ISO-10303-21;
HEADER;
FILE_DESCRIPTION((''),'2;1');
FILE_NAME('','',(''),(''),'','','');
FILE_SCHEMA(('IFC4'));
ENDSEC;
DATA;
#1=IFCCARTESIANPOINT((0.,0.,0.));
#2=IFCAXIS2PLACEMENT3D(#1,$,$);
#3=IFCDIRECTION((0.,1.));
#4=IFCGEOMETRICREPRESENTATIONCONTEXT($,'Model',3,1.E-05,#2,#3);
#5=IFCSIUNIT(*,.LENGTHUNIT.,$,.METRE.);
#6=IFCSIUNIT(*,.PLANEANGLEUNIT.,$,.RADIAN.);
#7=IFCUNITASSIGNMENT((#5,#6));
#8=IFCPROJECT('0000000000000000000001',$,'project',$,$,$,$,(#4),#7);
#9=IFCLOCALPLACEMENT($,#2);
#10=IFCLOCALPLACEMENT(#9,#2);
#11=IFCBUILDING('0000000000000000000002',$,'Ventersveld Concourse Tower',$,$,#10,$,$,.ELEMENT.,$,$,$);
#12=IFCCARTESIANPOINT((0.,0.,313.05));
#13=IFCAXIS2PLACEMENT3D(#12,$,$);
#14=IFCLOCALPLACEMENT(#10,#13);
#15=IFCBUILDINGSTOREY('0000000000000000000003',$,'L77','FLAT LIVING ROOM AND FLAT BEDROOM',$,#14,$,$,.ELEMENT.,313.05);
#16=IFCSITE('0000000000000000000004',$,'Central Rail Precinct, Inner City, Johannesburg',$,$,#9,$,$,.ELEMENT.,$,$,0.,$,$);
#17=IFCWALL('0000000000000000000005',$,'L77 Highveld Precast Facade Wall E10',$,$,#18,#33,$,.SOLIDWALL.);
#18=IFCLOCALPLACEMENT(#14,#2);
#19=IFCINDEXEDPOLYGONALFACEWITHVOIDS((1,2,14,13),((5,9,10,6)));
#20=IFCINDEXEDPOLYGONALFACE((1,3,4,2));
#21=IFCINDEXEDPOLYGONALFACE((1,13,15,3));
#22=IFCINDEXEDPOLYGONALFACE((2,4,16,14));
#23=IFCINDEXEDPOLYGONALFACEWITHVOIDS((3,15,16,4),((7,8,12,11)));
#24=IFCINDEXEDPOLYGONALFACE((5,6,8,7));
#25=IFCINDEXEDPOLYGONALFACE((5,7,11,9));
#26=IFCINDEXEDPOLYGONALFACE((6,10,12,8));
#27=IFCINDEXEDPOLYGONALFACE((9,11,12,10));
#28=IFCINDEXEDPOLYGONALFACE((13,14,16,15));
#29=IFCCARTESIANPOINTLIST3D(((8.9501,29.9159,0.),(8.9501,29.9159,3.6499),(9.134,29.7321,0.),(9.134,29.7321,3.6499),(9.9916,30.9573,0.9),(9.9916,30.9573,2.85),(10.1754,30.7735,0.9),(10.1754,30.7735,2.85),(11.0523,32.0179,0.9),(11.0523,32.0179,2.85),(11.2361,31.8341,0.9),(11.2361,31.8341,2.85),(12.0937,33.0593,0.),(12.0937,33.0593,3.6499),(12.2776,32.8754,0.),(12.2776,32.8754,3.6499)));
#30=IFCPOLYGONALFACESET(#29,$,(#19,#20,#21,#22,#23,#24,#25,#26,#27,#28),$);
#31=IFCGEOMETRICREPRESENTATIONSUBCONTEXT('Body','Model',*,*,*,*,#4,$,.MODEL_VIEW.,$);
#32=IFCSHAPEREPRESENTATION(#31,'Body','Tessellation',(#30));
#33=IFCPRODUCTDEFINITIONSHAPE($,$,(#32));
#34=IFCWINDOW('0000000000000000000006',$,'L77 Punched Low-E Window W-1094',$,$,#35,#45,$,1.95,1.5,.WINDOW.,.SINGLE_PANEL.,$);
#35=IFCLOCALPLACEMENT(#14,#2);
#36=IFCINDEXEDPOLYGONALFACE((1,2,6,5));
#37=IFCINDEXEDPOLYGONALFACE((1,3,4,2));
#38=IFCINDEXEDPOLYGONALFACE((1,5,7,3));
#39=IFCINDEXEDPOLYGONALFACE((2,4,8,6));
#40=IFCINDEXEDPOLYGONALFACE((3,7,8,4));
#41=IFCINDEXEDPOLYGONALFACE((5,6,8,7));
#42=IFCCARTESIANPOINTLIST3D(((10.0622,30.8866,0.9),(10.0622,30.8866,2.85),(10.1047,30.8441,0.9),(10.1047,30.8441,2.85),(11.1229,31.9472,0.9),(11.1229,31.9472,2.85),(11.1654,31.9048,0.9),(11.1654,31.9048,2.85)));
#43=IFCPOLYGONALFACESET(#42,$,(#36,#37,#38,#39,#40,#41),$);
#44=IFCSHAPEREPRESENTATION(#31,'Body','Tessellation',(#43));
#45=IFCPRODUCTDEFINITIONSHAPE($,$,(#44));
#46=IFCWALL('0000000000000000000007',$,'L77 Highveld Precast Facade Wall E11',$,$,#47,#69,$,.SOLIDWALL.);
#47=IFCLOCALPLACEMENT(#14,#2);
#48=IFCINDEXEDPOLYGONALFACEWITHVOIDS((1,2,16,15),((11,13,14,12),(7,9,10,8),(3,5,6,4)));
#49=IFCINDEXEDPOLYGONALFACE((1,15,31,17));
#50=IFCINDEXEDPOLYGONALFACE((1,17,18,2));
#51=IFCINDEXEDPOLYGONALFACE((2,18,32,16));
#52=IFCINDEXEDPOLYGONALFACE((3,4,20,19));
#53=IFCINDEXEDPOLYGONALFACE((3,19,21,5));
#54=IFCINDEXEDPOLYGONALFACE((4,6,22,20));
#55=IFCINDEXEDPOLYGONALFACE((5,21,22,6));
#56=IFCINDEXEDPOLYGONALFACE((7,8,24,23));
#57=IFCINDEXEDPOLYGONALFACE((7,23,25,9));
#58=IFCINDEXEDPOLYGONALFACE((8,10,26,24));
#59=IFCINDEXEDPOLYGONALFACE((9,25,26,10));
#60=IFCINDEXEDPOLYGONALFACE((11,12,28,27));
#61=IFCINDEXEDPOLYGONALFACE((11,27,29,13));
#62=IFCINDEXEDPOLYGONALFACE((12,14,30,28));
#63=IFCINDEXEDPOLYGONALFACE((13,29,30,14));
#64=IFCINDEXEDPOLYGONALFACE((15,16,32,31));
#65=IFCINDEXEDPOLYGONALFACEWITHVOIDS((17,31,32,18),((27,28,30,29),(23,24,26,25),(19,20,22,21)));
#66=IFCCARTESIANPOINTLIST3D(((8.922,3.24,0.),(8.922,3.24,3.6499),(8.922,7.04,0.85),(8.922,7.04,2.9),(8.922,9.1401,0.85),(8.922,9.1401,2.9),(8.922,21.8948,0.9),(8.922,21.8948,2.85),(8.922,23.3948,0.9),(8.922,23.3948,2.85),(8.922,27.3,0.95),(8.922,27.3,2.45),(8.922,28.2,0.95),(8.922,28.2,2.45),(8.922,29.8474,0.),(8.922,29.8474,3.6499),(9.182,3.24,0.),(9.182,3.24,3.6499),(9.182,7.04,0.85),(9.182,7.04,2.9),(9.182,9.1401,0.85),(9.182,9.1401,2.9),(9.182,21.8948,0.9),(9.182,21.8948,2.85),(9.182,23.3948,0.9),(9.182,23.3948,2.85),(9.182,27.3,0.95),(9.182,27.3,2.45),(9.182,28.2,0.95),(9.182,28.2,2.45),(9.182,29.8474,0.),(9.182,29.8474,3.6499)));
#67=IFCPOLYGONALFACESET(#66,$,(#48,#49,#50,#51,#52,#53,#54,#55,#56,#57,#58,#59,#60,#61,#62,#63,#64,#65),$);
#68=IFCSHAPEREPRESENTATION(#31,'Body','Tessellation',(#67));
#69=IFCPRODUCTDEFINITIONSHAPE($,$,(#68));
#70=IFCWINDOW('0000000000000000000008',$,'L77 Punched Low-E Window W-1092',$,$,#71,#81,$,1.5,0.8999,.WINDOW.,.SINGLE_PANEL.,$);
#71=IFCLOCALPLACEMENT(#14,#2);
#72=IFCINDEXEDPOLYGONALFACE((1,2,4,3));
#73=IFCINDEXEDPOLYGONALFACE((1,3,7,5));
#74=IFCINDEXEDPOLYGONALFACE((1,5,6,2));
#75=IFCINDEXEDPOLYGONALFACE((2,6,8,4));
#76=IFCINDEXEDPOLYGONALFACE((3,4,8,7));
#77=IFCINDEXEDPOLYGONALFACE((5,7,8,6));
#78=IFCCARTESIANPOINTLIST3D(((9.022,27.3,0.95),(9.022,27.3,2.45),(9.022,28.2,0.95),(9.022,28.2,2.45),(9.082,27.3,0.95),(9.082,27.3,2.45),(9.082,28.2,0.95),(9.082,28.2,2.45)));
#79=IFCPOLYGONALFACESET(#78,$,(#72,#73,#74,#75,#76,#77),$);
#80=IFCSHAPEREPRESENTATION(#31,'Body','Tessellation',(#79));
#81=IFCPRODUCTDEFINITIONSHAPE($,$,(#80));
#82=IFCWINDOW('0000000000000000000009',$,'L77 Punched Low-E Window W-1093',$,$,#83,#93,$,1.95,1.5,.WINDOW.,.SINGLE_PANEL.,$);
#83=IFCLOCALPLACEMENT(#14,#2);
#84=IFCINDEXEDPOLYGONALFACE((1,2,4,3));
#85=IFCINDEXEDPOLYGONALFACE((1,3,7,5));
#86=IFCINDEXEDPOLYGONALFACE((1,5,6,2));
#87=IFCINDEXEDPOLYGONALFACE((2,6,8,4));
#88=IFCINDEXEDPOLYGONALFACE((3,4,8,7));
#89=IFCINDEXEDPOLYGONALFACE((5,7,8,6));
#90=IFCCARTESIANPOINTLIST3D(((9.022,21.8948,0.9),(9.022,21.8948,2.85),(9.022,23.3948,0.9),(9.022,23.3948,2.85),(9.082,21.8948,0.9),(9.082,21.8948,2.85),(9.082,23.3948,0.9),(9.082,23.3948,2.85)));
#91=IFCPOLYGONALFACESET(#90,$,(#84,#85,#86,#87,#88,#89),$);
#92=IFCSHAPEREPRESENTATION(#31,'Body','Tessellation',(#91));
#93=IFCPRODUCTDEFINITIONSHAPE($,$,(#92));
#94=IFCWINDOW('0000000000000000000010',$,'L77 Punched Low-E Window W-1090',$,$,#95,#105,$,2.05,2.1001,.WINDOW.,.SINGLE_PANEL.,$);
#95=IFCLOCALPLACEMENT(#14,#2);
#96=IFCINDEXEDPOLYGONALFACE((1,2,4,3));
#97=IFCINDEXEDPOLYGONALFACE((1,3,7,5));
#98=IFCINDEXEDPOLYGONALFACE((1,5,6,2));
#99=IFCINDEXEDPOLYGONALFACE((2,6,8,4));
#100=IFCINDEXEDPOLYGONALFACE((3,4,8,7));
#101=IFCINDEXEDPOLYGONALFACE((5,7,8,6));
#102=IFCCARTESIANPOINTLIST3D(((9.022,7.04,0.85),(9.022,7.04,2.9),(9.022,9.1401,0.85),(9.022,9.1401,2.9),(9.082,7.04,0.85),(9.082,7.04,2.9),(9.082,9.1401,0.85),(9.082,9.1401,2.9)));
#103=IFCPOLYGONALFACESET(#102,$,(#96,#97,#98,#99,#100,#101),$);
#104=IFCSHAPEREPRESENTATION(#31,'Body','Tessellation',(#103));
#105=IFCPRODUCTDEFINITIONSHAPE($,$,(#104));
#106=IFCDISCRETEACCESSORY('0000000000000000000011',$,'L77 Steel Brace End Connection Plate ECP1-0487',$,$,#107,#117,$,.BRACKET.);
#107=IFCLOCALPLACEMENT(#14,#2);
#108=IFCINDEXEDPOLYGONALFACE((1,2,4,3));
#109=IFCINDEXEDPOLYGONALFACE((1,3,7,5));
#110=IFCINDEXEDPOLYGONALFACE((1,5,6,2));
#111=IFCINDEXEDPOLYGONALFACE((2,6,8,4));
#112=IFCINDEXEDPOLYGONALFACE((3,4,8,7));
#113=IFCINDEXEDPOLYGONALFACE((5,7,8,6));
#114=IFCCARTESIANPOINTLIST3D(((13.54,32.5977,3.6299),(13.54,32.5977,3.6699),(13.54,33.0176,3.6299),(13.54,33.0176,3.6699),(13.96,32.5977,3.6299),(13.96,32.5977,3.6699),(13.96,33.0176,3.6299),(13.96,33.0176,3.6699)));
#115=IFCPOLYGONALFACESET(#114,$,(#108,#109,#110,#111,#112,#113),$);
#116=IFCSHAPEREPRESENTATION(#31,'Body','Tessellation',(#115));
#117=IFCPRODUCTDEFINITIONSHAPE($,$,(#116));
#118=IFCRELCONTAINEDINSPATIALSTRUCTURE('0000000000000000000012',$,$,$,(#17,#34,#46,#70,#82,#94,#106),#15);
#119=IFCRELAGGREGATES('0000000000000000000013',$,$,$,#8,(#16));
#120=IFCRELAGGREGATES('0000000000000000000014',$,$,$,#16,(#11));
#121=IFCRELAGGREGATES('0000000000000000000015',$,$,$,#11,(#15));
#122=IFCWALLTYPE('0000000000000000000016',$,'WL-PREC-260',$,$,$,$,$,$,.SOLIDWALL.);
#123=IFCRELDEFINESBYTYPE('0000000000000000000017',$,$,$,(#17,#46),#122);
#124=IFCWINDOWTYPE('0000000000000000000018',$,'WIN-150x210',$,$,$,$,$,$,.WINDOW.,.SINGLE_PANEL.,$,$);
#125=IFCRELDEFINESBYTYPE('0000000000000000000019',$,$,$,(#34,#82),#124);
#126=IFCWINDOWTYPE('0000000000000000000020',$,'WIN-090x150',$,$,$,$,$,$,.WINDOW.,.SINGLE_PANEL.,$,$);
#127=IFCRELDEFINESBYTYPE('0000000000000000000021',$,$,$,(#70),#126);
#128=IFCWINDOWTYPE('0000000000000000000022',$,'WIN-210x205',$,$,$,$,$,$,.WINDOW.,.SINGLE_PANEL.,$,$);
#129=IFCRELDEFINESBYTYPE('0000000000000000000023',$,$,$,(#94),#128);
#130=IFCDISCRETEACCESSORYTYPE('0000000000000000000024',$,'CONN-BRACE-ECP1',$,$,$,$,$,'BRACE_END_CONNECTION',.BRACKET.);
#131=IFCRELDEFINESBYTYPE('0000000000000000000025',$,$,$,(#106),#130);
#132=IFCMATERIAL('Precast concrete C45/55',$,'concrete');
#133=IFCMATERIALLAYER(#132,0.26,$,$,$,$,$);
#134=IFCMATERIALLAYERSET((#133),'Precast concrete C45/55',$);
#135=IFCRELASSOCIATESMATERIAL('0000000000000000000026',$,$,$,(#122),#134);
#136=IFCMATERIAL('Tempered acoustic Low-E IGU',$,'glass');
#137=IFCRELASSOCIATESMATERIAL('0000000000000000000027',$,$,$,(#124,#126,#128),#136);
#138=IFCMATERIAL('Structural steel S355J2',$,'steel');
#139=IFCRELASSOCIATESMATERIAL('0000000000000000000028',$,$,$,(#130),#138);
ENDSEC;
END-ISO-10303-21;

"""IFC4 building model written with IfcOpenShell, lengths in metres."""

from ifc_helpers import new_model, si_unit, direction, frame, frame_2d, origin, origin_2d, place, context, subcontext, project, spatial, rectangle, extrude, material, layer, layer_set, type_object, element, fill, save


model = new_model("IFC4")

# Units and contexts
model_context = context("Model", 3, precision=1e-05, world=origin(), true_north=direction((0.0, 1.0)))
body_context = subcontext(model_context, "Body", "Model", "MODEL_VIEW")
ifc_project = project(units=[si_unit("LENGTHUNIT", "METRE"), si_unit("PLANEANGLEUNIT", "RADIAN")], contexts=[model_context])

# Site, building, storey
site_placement = place(None, origin())
site = spatial("IfcSite", under=ifc_project, at=site_placement, Name="Central Rail Precinct, Inner City, Johannesburg", CompositionType="ELEMENT", RefElevation=0.0)
building_placement = place(site_placement, origin())
building = spatial("IfcBuilding", under=site, at=building_placement, Name="Ventersveld Concourse Tower", CompositionType="ELEMENT")
storey_placement = place(building_placement, frame((0.0, 0.0, 313.05)))
storey = spatial("IfcBuildingStorey", under=building, at=storey_placement, Name="L77", Description="FLAT LIVING ROOM AND FLAT BEDROOM", CompositionType="ELEMENT", Elevation=313.05)

# Shared definitions
ifc_material_1 = material(Name="Structural steel S355J2", Category="steel")

# Wall, opening, window
ifc_material_2 = material(Name="Precast concrete C45/55", Category="concrete")
ifc_layer_1 = layer(ifc_material_2, 0.26)
ifc_layer_set_1 = layer_set([ifc_layer_1], Name="Precast concrete C45/55")
wall_type_1 = type_object("IfcWallType", Name="WL-PREC-260", PredefinedType="SOLIDWALL", material=ifc_layer_set_1)
wall_1_placement = place(storey_placement, frame((12.1855, 32.9673, 0.0), z_axis=(0.0, 0.0, 1.0), x_axis=(-0.707134, -0.707079, 0.0)))
wall_1 = element("IfcWall", 1, at=wall_1_placement, inside=storey, type_object=wall_type_1, Name="L77 Highveld Precast Facade Wall E10", PredefinedType="SOLIDWALL", context=body_context, shape_type="SweptSolid", body=[
    extrude(rectangle(XDim=4.4456, YDim=0.26, at=frame_2d((2.2227, 0.0))), origin(), (0.0, 0.0, 1.0), 3.6499),
])
opening_1_placement = place(wall_1_placement, frame((1.4727, 0.0, 0.8999)))
opening_1 = element("IfcOpeningElement", 2, at=opening_1_placement, cuts=wall_1, PredefinedType="OPENING", context=body_context, shape_type="SweptSolid", body=[
    extrude(rectangle(XDim=1.5, YDim=1.95, at=frame_2d((0.75, 0.9751))), frame((0.0, 0.1401, 0.0), z_axis=(0.0, -1.0, 0.0), x_axis=(1.0, 0.0, 0.0)), (0.0, 0.0, 1.0), 0.28),
])
ifc_material_3 = material(Name="Tempered acoustic Low-E IGU", Category="glass")
window_type_1 = type_object("IfcWindowType", Name="WIN-150x210", PartitioningType="SINGLE_PANEL", PredefinedType="WINDOW", material=ifc_material_3)
window_1_placement = place(opening_1_placement, origin())
window_1 = element("IfcWindow", 3, at=window_1_placement, inside=storey, type_object=window_type_1, Name="L77 Punched Low-E Window W-1094", OverallHeight=1.95, OverallWidth=1.5, PartitioningType="SINGLE_PANEL", PredefinedType="WINDOW", context=body_context, shape_type="SweptSolid", body=[
    extrude(rectangle(XDim=1.5, YDim=1.95, at=frame_2d((0.75, 0.9751))), frame((0.0, 0.03, 0.0), z_axis=(0.0, -1.0, 0.0), x_axis=(1.0, 0.0, 0.0)), (0.0, 0.0, 1.0), 0.0601),
])
fill(opening_1, window_1)

# Wall, openings, windows
wall_2_placement = place(storey_placement, frame((9.052, 29.8474, 0.0), z_axis=(0.0, 0.0, 1.0), x_axis=(0.0, -1.0, 0.0)))
wall_2 = element("IfcWall", 4, at=wall_2_placement, inside=storey, type_object=wall_type_1, Name="L77 Highveld Precast Facade Wall E11", PredefinedType="SOLIDWALL", context=body_context, shape_type="SweptSolid", body=[
    extrude(rectangle(XDim=26.6074, YDim=0.26, at=frame_2d((13.3037, 0.0))), origin(), (0.0, 0.0, 1.0), 3.6499),
])
opening_2_placement = place(wall_2_placement, frame((20.7073, 0.0, 0.8501)))
opening_2 = element("IfcOpeningElement", 5, at=opening_2_placement, cuts=wall_2, PredefinedType="OPENING", context=body_context, shape_type="SweptSolid", body=[
    extrude(rectangle(XDim=2.1001, YDim=2.05, at=frame_2d((1.05, 1.0249))), frame((0.0, 0.1401, 0.0), z_axis=(0.0, -1.0, 0.0), x_axis=(1.0, 0.0, 0.0)), (0.0, 0.0, 1.0), 0.28),
])
opening_3_placement = place(wall_2_placement, frame((1.6475, 0.0, 0.95)))
opening_3 = element("IfcOpeningElement", 6, at=opening_3_placement, cuts=wall_2, PredefinedType="OPENING", context=body_context, shape_type="SweptSolid", body=[
    extrude(rectangle(XDim=0.8999, YDim=1.5, at=frame_2d((0.45, 0.75))), frame((0.0, 0.1401, 0.0), z_axis=(0.0, -1.0, 0.0), x_axis=(1.0, 0.0, 0.0)), (0.0, 0.0, 1.0), 0.28),
])
opening_4_placement = place(wall_2_placement, frame((6.4526, 0.0, 0.8999)))
opening_4 = element("IfcOpeningElement", 7, at=opening_4_placement, cuts=wall_2, PredefinedType="OPENING", context=body_context, shape_type="SweptSolid", body=[
    extrude(rectangle(XDim=1.5, YDim=1.95, at=frame_2d((0.75, 0.9751))), frame((0.0, 0.1401, 0.0), z_axis=(0.0, -1.0, 0.0), x_axis=(1.0, 0.0, 0.0)), (0.0, 0.0, 1.0), 0.28),
])
window_type_2 = type_object("IfcWindowType", Name="WIN-090x150", PartitioningType="SINGLE_PANEL", PredefinedType="WINDOW", material=ifc_material_3)
window_2_placement = place(opening_3_placement, origin())
window_2 = element("IfcWindow", 8, at=window_2_placement, inside=storey, type_object=window_type_2, Name="L77 Punched Low-E Window W-1092", OverallHeight=1.5, OverallWidth=0.8999, PartitioningType="SINGLE_PANEL", PredefinedType="WINDOW", context=body_context, shape_type="SweptSolid", body=[
    extrude(rectangle(XDim=0.8999, YDim=1.5, at=frame_2d((0.45, 0.75))), frame((0.0, 0.03, 0.0), z_axis=(0.0, -1.0, 0.0), x_axis=(1.0, 0.0, 0.0)), (0.0, 0.0, 1.0), 0.0601),
])
fill(opening_3, window_2)
window_3_placement = place(opening_4_placement, origin())
window_3 = element("IfcWindow", 9, at=window_3_placement, inside=storey, type_object=window_type_1, Name="L77 Punched Low-E Window W-1093", OverallHeight=1.95, OverallWidth=1.5, PartitioningType="SINGLE_PANEL", PredefinedType="WINDOW", context=body_context, shape_type="SweptSolid", body=[
    extrude(rectangle(XDim=1.5, YDim=1.95, at=frame_2d((0.75, 0.9751))), frame((0.0, 0.03, 0.0), z_axis=(0.0, -1.0, 0.0), x_axis=(1.0, 0.0, 0.0)), (0.0, 0.0, 1.0), 0.0601),
])
fill(opening_4, window_3)
window_type_3 = type_object("IfcWindowType", Name="WIN-210x205", PartitioningType="SINGLE_PANEL", PredefinedType="WINDOW", material=ifc_material_3)
window_4_placement = place(opening_2_placement, origin())
window_4 = element("IfcWindow", 10, at=window_4_placement, inside=storey, type_object=window_type_3, Name="L77 Punched Low-E Window W-1090", OverallHeight=2.05, OverallWidth=2.1001, PartitioningType="SINGLE_PANEL", PredefinedType="WINDOW", context=body_context, shape_type="SweptSolid", body=[
    extrude(rectangle(XDim=2.1001, YDim=2.05, at=frame_2d((1.05, 1.0249))), frame((0.0, 0.03, 0.0), z_axis=(0.0, -1.0, 0.0), x_axis=(1.0, 0.0, 0.0)), (0.0, 0.0, 1.0), 0.0601),
])
fill(opening_2, window_4)

# Discrete accessory
discrete_accessory_type = type_object("IfcDiscreteAccessoryType", Name="CONN-BRACE-ECP1", ElementType="BRACE_END_CONNECTION", PredefinedType="BRACKET", material=ifc_material_1)
discrete_accessory_placement = place(storey_placement, frame((13.75, 32.8076, 3.6299), z_axis=(0.0, 0.0, 1.0), x_axis=(1.0, 0.0, 0.0)))
element("IfcDiscreteAccessory", 11, at=discrete_accessory_placement, inside=storey, type_object=discrete_accessory_type, Name="L77 Steel Brace End Connection Plate ECP1-0487", PredefinedType="BRACKET", context=body_context, shape_type="SweptSolid", body=[
    extrude(rectangle(XDim=0.4199, YDim=0.4199, at=origin_2d()), origin(), (0.0, 0.0, 1.0), 0.04),
])

save(model, "model.ifc")
